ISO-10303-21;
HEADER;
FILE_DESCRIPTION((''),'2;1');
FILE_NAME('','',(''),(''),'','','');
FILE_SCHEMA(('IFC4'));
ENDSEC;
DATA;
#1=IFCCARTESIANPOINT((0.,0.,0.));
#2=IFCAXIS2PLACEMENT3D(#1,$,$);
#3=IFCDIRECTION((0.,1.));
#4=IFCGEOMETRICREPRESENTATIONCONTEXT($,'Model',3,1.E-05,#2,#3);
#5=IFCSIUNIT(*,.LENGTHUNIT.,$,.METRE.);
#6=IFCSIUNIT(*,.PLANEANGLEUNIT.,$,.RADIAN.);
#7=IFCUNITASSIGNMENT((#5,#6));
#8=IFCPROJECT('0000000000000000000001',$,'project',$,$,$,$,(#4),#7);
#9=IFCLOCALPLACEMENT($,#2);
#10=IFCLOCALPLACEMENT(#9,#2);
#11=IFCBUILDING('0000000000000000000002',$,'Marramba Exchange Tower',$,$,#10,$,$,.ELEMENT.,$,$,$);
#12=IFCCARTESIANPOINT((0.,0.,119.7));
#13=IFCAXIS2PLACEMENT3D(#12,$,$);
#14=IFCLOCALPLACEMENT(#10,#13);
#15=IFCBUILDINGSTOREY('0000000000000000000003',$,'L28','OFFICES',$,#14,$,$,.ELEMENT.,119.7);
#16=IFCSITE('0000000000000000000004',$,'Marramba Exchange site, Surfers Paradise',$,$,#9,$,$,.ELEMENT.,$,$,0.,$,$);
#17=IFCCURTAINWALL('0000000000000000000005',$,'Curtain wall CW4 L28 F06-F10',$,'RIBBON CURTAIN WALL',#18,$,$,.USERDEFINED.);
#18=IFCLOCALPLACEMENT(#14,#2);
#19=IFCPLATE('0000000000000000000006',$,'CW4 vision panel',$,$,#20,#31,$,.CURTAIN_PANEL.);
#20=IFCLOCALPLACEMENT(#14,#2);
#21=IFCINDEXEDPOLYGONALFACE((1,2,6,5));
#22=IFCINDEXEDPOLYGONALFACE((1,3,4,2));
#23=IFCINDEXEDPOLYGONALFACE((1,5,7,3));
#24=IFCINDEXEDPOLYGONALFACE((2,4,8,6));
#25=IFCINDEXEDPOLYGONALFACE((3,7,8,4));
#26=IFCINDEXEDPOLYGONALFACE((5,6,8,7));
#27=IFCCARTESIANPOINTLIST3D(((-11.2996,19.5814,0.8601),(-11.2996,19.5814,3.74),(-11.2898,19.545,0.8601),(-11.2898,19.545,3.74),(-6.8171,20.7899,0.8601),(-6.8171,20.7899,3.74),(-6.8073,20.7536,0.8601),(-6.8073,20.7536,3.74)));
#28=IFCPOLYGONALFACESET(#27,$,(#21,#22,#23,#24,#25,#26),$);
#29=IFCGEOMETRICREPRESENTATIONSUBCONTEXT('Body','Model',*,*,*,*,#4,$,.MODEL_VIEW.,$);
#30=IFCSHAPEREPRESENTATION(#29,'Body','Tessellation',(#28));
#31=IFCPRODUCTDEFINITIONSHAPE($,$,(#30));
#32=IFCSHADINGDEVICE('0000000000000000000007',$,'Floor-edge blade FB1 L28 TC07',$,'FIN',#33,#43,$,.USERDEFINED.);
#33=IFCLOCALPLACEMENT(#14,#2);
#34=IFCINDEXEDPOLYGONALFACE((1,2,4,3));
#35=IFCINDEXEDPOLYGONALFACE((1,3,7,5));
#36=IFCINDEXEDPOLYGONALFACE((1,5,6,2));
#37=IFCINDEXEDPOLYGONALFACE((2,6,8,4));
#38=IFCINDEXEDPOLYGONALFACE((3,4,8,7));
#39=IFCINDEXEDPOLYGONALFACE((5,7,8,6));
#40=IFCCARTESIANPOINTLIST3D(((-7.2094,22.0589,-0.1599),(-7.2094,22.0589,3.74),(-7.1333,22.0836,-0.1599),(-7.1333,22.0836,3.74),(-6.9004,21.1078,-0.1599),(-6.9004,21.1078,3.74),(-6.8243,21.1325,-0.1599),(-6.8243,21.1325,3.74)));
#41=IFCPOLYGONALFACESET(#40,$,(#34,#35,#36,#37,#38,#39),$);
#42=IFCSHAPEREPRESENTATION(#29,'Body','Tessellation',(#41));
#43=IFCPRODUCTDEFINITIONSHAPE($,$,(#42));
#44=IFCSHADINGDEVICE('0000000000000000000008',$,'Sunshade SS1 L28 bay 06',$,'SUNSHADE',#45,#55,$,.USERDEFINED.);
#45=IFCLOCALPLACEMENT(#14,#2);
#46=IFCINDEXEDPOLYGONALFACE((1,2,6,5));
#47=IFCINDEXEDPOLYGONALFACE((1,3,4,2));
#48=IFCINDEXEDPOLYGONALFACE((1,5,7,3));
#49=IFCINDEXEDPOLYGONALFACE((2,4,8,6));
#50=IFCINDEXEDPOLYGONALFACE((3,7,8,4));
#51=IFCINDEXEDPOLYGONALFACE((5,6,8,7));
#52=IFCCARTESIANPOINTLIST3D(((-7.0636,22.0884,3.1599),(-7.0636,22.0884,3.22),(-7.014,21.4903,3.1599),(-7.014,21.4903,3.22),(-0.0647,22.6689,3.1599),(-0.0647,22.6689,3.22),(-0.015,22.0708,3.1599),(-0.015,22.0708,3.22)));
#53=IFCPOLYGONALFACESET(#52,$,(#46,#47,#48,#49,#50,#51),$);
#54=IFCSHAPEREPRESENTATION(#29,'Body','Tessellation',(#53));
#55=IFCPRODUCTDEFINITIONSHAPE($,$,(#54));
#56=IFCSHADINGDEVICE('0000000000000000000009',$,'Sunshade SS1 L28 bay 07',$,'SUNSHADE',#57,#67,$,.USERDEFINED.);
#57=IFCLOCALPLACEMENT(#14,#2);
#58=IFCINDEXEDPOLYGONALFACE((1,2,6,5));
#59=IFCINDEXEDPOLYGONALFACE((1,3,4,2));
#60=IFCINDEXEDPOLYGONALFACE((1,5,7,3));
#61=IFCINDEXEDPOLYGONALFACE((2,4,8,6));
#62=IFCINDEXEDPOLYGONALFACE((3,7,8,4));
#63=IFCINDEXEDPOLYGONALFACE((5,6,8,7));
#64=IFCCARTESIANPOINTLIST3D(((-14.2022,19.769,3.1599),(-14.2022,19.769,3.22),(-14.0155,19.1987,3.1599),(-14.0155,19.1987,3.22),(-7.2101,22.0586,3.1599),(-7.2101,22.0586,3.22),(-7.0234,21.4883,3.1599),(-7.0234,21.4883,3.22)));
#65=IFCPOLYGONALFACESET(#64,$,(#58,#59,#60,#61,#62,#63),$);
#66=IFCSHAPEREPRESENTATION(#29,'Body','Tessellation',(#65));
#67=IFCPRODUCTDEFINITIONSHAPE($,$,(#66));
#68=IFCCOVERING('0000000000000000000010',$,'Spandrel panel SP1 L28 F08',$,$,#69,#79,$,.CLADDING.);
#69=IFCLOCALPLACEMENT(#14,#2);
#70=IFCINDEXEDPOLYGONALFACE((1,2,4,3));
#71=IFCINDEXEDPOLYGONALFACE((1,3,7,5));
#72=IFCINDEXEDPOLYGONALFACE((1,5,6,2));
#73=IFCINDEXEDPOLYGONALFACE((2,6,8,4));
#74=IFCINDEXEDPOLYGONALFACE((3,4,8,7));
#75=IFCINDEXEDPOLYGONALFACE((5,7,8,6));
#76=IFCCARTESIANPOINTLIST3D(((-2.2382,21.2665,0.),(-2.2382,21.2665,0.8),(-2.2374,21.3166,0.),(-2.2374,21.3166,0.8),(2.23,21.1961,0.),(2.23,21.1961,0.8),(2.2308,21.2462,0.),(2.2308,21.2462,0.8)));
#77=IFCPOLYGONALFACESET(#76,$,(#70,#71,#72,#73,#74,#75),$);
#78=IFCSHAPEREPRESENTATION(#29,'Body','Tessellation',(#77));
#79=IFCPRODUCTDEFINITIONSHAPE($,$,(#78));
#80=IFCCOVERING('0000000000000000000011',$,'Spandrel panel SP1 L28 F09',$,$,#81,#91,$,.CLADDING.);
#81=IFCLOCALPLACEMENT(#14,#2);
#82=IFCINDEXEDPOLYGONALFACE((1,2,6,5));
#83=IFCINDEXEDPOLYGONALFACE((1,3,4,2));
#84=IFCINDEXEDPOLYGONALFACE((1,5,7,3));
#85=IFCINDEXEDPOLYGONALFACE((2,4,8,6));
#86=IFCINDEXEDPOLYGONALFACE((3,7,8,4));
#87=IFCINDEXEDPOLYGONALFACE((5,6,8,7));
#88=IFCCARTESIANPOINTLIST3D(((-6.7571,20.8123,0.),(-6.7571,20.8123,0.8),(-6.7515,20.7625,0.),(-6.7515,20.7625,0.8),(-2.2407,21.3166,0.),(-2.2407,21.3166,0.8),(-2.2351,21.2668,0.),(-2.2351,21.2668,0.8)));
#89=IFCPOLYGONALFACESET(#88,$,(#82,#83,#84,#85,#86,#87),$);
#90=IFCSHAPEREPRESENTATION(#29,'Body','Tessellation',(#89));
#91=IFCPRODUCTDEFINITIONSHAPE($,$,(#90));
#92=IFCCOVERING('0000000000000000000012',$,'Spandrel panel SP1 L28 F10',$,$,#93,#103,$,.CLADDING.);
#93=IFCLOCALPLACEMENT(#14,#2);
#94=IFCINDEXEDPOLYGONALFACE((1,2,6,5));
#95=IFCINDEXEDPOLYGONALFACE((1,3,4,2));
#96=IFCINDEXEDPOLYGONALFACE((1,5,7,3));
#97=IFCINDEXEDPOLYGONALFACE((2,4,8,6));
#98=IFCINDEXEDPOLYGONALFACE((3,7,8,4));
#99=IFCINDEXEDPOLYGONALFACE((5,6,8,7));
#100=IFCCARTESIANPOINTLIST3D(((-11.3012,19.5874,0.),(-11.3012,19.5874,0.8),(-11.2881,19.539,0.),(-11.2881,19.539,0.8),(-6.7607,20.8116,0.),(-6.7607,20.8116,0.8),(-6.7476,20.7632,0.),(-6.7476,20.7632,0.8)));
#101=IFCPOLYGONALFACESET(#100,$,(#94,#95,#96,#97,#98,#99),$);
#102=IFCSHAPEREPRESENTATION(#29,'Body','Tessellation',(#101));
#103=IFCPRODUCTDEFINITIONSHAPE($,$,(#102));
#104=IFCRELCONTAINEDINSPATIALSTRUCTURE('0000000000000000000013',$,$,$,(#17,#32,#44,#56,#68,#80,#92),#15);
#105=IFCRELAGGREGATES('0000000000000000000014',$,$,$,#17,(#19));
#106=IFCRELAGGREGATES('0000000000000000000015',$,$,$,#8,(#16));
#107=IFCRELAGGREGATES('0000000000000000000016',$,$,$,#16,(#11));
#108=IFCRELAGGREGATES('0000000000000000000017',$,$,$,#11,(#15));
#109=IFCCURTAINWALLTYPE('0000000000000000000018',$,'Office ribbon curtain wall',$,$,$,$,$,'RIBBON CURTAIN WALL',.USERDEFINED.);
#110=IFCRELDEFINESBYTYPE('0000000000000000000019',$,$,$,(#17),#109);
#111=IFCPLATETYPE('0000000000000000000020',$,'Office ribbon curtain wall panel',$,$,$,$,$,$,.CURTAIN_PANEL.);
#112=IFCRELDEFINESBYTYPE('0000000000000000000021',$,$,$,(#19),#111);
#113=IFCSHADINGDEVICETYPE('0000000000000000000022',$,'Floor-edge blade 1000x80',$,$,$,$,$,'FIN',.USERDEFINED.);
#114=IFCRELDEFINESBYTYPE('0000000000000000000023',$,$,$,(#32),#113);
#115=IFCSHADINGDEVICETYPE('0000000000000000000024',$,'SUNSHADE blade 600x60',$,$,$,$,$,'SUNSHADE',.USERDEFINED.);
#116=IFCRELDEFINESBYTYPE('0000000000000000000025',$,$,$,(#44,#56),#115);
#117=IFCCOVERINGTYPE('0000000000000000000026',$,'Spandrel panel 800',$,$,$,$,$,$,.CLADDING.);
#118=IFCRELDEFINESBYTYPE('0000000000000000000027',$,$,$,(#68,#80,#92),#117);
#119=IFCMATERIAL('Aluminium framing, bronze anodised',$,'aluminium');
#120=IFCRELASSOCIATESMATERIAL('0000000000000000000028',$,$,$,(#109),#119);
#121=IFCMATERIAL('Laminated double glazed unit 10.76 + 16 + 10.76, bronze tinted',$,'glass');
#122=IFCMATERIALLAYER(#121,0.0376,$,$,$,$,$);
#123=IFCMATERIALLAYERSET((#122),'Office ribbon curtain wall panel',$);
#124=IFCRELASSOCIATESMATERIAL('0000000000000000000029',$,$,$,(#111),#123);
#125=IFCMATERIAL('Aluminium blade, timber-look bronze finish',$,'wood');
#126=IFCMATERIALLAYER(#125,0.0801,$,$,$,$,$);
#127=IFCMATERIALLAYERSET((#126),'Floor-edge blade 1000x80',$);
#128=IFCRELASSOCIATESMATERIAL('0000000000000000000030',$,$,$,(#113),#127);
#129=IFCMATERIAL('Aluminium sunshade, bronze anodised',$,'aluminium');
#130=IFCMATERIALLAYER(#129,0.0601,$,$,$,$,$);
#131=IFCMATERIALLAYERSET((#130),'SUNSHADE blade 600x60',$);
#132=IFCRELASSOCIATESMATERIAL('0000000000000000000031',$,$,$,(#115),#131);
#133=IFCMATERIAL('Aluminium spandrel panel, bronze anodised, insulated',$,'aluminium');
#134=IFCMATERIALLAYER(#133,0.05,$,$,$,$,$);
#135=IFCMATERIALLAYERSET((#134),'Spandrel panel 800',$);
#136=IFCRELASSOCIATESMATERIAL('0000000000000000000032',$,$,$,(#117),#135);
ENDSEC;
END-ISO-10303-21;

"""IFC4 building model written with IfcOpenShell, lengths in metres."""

from ifc_helpers import new_model, si_unit, direction, frame, origin, origin_2d, place, context, subcontext, project, spatial, rectangle, extrude, material, layer, layer_set, type_object, element, aggregate, save


model = new_model("IFC4")

# Units and contexts
model_context = context("Model", 3, precision=1e-05, world=origin(), true_north=direction((0.0, 1.0)))
body_context = subcontext(model_context, "Body", "Model", "MODEL_VIEW")
ifc_project = project(units=[si_unit("LENGTHUNIT", "METRE"), si_unit("PLANEANGLEUNIT", "RADIAN")], contexts=[model_context])

# Site, building, storey
site_placement = place(None, origin())
site = spatial("IfcSite", under=ifc_project, at=site_placement, Name="Marramba Exchange site, Surfers Paradise", CompositionType="ELEMENT", RefElevation=0.0)
building_placement = place(site_placement, origin())
building = spatial("IfcBuilding", under=site, at=building_placement, Name="Marramba Exchange Tower", CompositionType="ELEMENT")
storey_placement = place(building_placement, frame((0.0, 0.0, 119.7)))
storey = spatial("IfcBuildingStorey", under=building, at=storey_placement, Name="L28", Description="OFFICES", CompositionType="ELEMENT", Elevation=119.7)

# Curtain wall
ifc_material_1 = material(Name="Aluminium framing, bronze anodised", Category="aluminium")
curtain_wall_type = type_object("IfcCurtainWallType", Name="Office ribbon curtain wall", ElementType="RIBBON CURTAIN WALL", PredefinedType="USERDEFINED", material=ifc_material_1)
curtain_wall_1_placement = place(storey_placement, origin())
curtain_wall_1 = element("IfcCurtainWall", 1, at=curtain_wall_1_placement, inside=storey, type_object=curtain_wall_type, Name="Curtain wall CW4 L28 F06-F10", ObjectType="RIBBON CURTAIN WALL", PredefinedType="USERDEFINED")

# Plate
ifc_material_2 = material(Name="Laminated double glazed unit 10.76 + 16 + 10.76, bronze tinted", Category="glass")
ifc_layer_1 = layer(ifc_material_2, 0.0376)
ifc_layer_set_1 = layer_set([ifc_layer_1], Name="Office ribbon curtain wall panel")
plate_type = type_object("IfcPlateType", Name="Office ribbon curtain wall panel", PredefinedType="CURTAIN_PANEL", material=ifc_layer_set_1)
plate_1_placement = place(storey_placement, frame((-9.0535, 20.1675, 0.8601), z_axis=(0.0, 0.0, 1.0), x_axis=(-0.965522, -0.260321, 0.0)))
plate_1 = element("IfcPlate", 2, at=plate_1_placement, type_object=plate_type, Name="CW4 vision panel", PredefinedType="CURTAIN_PANEL", context=body_context, shape_type="SweptSolid", body=[
    extrude(rectangle(XDim=4.6426, YDim=0.0376, at=origin_2d()), origin(), (0.0, 0.0, 1.0), 2.8799),
])
aggregate(curtain_wall_1, [plate_1])

# Shading devices
ifc_material_3 = material(Name="Aluminium blade, timber-look bronze finish", Category="wood")
ifc_layer_2 = layer(ifc_material_3, 0.0801)
ifc_layer_set_2 = layer_set([ifc_layer_2], Name="Floor-edge blade 1000x80")
shading_device_type_1 = type_object("IfcShadingDeviceType", Name="Floor-edge blade 1000x80", ElementType="FIN", PredefinedType="USERDEFINED", material=ifc_layer_set_2)
shading_device_1_placement = place(storey_placement, frame((-7.0168, 21.5957, -0.1599), z_axis=(0.0, 0.0, 1.0), x_axis=(-0.309017, 0.951057, 0.0)))
element("IfcShadingDevice", 3, at=shading_device_1_placement, inside=storey, type_object=shading_device_type_1, Name="Floor-edge blade FB1 L28 TC07", ObjectType="FIN", PredefinedType="USERDEFINED", context=body_context, shape_type="SweptSolid", body=[
    extrude(rectangle(XDim=1.0, YDim=0.0801, at=origin_2d()), origin(), (0.0, 0.0, 1.0), 3.8999),
])
ifc_material_4 = material(Name="Aluminium sunshade, bronze anodised", Category="aluminium")
ifc_layer_3 = layer(ifc_material_4, 0.0601)
ifc_layer_set_3 = layer_set([ifc_layer_3], Name="SUNSHADE blade 600x60")
shading_device_type_2 = type_object("IfcShadingDeviceType", Name="SUNSHADE blade 600x60", ElementType="SUNSHADE", PredefinedType="USERDEFINED", material=ifc_layer_set_3)
shading_device_2_placement = place(storey_placement, frame((-3.5393, 22.0796, 3.1599), z_axis=(0.0, 0.0, 1.0), x_axis=(-0.996578, -0.08266, 0.0)))
element("IfcShadingDevice", 4, at=shading_device_2_placement, inside=storey, type_object=shading_device_type_2, Name="Sunshade SS1 L28 bay 06", ObjectType="SUNSHADE", PredefinedType="USERDEFINED", context=body_context, shape_type="SweptSolid", body=[
    extrude(rectangle(XDim=7.0229, YDim=0.6001, at=origin_2d()), origin(), (0.0, 0.0, 1.0), 0.0601),
])
shading_device_3_placement = place(storey_placement, frame((-10.6128, 20.6287, 3.1599), z_axis=(0.0, 0.0, 1.0), x_axis=(-0.950346, -0.311196, 0.0)))
element("IfcShadingDevice", 5, at=shading_device_3_placement, inside=storey, type_object=shading_device_type_2, Name="Sunshade SS1 L28 bay 07", ObjectType="SUNSHADE", PredefinedType="USERDEFINED", context=body_context, shape_type="SweptSolid", body=[
    extrude(rectangle(XDim=7.3574, YDim=0.6001, at=origin_2d()), origin(), (0.0, 0.0, 1.0), 0.0601),
])

# Coverings
ifc_material_5 = material(Name="Aluminium spandrel panel, bronze anodised, insulated", Category="aluminium")
ifc_layer_4 = layer(ifc_material_5, 0.05)
ifc_layer_set_4 = layer_set([ifc_layer_4], Name="Spandrel panel 800")
covering_type = type_object("IfcCoveringType", Name="Spandrel panel 800", PredefinedType="CLADDING", material=ifc_layer_set_4)
covering_1_placement = place(storey_placement, frame((-0.0037, 21.2563, 0.0), z_axis=(0.0, 0.0, 1.0), x_axis=(-0.999876, 0.015756, 0.0)))
element("IfcCovering", 6, at=covering_1_placement, inside=storey, type_object=covering_type, Name="Spandrel panel SP1 L28 F08", PredefinedType="CLADDING", context=body_context, shape_type="SweptSolid", body=[
    extrude(rectangle(XDim=4.4688, YDim=0.05, at=origin_2d()), origin(), (0.0, 0.0, 1.0), 0.8),
])
covering_2_placement = place(storey_placement, frame((-4.4961, 21.0396, 0.0), z_axis=(0.0, 0.0, 1.0), x_axis=(-0.993823, -0.110973, 0.0)))
element("IfcCovering", 7, at=covering_2_placement, inside=storey, type_object=covering_type, Name="Spandrel panel SP1 L28 F09", PredefinedType="CLADDING", context=body_context, shape_type="SweptSolid", body=[
    extrude(rectangle(XDim=4.5444, YDim=0.05, at=origin_2d()), origin(), (0.0, 0.0, 1.0), 0.8),
])
covering_3_placement = place(storey_placement, frame((-9.0244, 20.1753, 0.0), z_axis=(0.0, 0.0, 1.0), x_axis=(-0.965522, -0.260321, 0.0)))
element("IfcCovering", 8, at=covering_3_placement, inside=storey, type_object=covering_type, Name="Spandrel panel SP1 L28 F10", PredefinedType="CLADDING", context=body_context, shape_type="SweptSolid", body=[
    extrude(rectangle(XDim=4.7026, YDim=0.05, at=origin_2d()), origin(), (0.0, 0.0, 1.0), 0.8),
])

save(model, "model.ifc")
